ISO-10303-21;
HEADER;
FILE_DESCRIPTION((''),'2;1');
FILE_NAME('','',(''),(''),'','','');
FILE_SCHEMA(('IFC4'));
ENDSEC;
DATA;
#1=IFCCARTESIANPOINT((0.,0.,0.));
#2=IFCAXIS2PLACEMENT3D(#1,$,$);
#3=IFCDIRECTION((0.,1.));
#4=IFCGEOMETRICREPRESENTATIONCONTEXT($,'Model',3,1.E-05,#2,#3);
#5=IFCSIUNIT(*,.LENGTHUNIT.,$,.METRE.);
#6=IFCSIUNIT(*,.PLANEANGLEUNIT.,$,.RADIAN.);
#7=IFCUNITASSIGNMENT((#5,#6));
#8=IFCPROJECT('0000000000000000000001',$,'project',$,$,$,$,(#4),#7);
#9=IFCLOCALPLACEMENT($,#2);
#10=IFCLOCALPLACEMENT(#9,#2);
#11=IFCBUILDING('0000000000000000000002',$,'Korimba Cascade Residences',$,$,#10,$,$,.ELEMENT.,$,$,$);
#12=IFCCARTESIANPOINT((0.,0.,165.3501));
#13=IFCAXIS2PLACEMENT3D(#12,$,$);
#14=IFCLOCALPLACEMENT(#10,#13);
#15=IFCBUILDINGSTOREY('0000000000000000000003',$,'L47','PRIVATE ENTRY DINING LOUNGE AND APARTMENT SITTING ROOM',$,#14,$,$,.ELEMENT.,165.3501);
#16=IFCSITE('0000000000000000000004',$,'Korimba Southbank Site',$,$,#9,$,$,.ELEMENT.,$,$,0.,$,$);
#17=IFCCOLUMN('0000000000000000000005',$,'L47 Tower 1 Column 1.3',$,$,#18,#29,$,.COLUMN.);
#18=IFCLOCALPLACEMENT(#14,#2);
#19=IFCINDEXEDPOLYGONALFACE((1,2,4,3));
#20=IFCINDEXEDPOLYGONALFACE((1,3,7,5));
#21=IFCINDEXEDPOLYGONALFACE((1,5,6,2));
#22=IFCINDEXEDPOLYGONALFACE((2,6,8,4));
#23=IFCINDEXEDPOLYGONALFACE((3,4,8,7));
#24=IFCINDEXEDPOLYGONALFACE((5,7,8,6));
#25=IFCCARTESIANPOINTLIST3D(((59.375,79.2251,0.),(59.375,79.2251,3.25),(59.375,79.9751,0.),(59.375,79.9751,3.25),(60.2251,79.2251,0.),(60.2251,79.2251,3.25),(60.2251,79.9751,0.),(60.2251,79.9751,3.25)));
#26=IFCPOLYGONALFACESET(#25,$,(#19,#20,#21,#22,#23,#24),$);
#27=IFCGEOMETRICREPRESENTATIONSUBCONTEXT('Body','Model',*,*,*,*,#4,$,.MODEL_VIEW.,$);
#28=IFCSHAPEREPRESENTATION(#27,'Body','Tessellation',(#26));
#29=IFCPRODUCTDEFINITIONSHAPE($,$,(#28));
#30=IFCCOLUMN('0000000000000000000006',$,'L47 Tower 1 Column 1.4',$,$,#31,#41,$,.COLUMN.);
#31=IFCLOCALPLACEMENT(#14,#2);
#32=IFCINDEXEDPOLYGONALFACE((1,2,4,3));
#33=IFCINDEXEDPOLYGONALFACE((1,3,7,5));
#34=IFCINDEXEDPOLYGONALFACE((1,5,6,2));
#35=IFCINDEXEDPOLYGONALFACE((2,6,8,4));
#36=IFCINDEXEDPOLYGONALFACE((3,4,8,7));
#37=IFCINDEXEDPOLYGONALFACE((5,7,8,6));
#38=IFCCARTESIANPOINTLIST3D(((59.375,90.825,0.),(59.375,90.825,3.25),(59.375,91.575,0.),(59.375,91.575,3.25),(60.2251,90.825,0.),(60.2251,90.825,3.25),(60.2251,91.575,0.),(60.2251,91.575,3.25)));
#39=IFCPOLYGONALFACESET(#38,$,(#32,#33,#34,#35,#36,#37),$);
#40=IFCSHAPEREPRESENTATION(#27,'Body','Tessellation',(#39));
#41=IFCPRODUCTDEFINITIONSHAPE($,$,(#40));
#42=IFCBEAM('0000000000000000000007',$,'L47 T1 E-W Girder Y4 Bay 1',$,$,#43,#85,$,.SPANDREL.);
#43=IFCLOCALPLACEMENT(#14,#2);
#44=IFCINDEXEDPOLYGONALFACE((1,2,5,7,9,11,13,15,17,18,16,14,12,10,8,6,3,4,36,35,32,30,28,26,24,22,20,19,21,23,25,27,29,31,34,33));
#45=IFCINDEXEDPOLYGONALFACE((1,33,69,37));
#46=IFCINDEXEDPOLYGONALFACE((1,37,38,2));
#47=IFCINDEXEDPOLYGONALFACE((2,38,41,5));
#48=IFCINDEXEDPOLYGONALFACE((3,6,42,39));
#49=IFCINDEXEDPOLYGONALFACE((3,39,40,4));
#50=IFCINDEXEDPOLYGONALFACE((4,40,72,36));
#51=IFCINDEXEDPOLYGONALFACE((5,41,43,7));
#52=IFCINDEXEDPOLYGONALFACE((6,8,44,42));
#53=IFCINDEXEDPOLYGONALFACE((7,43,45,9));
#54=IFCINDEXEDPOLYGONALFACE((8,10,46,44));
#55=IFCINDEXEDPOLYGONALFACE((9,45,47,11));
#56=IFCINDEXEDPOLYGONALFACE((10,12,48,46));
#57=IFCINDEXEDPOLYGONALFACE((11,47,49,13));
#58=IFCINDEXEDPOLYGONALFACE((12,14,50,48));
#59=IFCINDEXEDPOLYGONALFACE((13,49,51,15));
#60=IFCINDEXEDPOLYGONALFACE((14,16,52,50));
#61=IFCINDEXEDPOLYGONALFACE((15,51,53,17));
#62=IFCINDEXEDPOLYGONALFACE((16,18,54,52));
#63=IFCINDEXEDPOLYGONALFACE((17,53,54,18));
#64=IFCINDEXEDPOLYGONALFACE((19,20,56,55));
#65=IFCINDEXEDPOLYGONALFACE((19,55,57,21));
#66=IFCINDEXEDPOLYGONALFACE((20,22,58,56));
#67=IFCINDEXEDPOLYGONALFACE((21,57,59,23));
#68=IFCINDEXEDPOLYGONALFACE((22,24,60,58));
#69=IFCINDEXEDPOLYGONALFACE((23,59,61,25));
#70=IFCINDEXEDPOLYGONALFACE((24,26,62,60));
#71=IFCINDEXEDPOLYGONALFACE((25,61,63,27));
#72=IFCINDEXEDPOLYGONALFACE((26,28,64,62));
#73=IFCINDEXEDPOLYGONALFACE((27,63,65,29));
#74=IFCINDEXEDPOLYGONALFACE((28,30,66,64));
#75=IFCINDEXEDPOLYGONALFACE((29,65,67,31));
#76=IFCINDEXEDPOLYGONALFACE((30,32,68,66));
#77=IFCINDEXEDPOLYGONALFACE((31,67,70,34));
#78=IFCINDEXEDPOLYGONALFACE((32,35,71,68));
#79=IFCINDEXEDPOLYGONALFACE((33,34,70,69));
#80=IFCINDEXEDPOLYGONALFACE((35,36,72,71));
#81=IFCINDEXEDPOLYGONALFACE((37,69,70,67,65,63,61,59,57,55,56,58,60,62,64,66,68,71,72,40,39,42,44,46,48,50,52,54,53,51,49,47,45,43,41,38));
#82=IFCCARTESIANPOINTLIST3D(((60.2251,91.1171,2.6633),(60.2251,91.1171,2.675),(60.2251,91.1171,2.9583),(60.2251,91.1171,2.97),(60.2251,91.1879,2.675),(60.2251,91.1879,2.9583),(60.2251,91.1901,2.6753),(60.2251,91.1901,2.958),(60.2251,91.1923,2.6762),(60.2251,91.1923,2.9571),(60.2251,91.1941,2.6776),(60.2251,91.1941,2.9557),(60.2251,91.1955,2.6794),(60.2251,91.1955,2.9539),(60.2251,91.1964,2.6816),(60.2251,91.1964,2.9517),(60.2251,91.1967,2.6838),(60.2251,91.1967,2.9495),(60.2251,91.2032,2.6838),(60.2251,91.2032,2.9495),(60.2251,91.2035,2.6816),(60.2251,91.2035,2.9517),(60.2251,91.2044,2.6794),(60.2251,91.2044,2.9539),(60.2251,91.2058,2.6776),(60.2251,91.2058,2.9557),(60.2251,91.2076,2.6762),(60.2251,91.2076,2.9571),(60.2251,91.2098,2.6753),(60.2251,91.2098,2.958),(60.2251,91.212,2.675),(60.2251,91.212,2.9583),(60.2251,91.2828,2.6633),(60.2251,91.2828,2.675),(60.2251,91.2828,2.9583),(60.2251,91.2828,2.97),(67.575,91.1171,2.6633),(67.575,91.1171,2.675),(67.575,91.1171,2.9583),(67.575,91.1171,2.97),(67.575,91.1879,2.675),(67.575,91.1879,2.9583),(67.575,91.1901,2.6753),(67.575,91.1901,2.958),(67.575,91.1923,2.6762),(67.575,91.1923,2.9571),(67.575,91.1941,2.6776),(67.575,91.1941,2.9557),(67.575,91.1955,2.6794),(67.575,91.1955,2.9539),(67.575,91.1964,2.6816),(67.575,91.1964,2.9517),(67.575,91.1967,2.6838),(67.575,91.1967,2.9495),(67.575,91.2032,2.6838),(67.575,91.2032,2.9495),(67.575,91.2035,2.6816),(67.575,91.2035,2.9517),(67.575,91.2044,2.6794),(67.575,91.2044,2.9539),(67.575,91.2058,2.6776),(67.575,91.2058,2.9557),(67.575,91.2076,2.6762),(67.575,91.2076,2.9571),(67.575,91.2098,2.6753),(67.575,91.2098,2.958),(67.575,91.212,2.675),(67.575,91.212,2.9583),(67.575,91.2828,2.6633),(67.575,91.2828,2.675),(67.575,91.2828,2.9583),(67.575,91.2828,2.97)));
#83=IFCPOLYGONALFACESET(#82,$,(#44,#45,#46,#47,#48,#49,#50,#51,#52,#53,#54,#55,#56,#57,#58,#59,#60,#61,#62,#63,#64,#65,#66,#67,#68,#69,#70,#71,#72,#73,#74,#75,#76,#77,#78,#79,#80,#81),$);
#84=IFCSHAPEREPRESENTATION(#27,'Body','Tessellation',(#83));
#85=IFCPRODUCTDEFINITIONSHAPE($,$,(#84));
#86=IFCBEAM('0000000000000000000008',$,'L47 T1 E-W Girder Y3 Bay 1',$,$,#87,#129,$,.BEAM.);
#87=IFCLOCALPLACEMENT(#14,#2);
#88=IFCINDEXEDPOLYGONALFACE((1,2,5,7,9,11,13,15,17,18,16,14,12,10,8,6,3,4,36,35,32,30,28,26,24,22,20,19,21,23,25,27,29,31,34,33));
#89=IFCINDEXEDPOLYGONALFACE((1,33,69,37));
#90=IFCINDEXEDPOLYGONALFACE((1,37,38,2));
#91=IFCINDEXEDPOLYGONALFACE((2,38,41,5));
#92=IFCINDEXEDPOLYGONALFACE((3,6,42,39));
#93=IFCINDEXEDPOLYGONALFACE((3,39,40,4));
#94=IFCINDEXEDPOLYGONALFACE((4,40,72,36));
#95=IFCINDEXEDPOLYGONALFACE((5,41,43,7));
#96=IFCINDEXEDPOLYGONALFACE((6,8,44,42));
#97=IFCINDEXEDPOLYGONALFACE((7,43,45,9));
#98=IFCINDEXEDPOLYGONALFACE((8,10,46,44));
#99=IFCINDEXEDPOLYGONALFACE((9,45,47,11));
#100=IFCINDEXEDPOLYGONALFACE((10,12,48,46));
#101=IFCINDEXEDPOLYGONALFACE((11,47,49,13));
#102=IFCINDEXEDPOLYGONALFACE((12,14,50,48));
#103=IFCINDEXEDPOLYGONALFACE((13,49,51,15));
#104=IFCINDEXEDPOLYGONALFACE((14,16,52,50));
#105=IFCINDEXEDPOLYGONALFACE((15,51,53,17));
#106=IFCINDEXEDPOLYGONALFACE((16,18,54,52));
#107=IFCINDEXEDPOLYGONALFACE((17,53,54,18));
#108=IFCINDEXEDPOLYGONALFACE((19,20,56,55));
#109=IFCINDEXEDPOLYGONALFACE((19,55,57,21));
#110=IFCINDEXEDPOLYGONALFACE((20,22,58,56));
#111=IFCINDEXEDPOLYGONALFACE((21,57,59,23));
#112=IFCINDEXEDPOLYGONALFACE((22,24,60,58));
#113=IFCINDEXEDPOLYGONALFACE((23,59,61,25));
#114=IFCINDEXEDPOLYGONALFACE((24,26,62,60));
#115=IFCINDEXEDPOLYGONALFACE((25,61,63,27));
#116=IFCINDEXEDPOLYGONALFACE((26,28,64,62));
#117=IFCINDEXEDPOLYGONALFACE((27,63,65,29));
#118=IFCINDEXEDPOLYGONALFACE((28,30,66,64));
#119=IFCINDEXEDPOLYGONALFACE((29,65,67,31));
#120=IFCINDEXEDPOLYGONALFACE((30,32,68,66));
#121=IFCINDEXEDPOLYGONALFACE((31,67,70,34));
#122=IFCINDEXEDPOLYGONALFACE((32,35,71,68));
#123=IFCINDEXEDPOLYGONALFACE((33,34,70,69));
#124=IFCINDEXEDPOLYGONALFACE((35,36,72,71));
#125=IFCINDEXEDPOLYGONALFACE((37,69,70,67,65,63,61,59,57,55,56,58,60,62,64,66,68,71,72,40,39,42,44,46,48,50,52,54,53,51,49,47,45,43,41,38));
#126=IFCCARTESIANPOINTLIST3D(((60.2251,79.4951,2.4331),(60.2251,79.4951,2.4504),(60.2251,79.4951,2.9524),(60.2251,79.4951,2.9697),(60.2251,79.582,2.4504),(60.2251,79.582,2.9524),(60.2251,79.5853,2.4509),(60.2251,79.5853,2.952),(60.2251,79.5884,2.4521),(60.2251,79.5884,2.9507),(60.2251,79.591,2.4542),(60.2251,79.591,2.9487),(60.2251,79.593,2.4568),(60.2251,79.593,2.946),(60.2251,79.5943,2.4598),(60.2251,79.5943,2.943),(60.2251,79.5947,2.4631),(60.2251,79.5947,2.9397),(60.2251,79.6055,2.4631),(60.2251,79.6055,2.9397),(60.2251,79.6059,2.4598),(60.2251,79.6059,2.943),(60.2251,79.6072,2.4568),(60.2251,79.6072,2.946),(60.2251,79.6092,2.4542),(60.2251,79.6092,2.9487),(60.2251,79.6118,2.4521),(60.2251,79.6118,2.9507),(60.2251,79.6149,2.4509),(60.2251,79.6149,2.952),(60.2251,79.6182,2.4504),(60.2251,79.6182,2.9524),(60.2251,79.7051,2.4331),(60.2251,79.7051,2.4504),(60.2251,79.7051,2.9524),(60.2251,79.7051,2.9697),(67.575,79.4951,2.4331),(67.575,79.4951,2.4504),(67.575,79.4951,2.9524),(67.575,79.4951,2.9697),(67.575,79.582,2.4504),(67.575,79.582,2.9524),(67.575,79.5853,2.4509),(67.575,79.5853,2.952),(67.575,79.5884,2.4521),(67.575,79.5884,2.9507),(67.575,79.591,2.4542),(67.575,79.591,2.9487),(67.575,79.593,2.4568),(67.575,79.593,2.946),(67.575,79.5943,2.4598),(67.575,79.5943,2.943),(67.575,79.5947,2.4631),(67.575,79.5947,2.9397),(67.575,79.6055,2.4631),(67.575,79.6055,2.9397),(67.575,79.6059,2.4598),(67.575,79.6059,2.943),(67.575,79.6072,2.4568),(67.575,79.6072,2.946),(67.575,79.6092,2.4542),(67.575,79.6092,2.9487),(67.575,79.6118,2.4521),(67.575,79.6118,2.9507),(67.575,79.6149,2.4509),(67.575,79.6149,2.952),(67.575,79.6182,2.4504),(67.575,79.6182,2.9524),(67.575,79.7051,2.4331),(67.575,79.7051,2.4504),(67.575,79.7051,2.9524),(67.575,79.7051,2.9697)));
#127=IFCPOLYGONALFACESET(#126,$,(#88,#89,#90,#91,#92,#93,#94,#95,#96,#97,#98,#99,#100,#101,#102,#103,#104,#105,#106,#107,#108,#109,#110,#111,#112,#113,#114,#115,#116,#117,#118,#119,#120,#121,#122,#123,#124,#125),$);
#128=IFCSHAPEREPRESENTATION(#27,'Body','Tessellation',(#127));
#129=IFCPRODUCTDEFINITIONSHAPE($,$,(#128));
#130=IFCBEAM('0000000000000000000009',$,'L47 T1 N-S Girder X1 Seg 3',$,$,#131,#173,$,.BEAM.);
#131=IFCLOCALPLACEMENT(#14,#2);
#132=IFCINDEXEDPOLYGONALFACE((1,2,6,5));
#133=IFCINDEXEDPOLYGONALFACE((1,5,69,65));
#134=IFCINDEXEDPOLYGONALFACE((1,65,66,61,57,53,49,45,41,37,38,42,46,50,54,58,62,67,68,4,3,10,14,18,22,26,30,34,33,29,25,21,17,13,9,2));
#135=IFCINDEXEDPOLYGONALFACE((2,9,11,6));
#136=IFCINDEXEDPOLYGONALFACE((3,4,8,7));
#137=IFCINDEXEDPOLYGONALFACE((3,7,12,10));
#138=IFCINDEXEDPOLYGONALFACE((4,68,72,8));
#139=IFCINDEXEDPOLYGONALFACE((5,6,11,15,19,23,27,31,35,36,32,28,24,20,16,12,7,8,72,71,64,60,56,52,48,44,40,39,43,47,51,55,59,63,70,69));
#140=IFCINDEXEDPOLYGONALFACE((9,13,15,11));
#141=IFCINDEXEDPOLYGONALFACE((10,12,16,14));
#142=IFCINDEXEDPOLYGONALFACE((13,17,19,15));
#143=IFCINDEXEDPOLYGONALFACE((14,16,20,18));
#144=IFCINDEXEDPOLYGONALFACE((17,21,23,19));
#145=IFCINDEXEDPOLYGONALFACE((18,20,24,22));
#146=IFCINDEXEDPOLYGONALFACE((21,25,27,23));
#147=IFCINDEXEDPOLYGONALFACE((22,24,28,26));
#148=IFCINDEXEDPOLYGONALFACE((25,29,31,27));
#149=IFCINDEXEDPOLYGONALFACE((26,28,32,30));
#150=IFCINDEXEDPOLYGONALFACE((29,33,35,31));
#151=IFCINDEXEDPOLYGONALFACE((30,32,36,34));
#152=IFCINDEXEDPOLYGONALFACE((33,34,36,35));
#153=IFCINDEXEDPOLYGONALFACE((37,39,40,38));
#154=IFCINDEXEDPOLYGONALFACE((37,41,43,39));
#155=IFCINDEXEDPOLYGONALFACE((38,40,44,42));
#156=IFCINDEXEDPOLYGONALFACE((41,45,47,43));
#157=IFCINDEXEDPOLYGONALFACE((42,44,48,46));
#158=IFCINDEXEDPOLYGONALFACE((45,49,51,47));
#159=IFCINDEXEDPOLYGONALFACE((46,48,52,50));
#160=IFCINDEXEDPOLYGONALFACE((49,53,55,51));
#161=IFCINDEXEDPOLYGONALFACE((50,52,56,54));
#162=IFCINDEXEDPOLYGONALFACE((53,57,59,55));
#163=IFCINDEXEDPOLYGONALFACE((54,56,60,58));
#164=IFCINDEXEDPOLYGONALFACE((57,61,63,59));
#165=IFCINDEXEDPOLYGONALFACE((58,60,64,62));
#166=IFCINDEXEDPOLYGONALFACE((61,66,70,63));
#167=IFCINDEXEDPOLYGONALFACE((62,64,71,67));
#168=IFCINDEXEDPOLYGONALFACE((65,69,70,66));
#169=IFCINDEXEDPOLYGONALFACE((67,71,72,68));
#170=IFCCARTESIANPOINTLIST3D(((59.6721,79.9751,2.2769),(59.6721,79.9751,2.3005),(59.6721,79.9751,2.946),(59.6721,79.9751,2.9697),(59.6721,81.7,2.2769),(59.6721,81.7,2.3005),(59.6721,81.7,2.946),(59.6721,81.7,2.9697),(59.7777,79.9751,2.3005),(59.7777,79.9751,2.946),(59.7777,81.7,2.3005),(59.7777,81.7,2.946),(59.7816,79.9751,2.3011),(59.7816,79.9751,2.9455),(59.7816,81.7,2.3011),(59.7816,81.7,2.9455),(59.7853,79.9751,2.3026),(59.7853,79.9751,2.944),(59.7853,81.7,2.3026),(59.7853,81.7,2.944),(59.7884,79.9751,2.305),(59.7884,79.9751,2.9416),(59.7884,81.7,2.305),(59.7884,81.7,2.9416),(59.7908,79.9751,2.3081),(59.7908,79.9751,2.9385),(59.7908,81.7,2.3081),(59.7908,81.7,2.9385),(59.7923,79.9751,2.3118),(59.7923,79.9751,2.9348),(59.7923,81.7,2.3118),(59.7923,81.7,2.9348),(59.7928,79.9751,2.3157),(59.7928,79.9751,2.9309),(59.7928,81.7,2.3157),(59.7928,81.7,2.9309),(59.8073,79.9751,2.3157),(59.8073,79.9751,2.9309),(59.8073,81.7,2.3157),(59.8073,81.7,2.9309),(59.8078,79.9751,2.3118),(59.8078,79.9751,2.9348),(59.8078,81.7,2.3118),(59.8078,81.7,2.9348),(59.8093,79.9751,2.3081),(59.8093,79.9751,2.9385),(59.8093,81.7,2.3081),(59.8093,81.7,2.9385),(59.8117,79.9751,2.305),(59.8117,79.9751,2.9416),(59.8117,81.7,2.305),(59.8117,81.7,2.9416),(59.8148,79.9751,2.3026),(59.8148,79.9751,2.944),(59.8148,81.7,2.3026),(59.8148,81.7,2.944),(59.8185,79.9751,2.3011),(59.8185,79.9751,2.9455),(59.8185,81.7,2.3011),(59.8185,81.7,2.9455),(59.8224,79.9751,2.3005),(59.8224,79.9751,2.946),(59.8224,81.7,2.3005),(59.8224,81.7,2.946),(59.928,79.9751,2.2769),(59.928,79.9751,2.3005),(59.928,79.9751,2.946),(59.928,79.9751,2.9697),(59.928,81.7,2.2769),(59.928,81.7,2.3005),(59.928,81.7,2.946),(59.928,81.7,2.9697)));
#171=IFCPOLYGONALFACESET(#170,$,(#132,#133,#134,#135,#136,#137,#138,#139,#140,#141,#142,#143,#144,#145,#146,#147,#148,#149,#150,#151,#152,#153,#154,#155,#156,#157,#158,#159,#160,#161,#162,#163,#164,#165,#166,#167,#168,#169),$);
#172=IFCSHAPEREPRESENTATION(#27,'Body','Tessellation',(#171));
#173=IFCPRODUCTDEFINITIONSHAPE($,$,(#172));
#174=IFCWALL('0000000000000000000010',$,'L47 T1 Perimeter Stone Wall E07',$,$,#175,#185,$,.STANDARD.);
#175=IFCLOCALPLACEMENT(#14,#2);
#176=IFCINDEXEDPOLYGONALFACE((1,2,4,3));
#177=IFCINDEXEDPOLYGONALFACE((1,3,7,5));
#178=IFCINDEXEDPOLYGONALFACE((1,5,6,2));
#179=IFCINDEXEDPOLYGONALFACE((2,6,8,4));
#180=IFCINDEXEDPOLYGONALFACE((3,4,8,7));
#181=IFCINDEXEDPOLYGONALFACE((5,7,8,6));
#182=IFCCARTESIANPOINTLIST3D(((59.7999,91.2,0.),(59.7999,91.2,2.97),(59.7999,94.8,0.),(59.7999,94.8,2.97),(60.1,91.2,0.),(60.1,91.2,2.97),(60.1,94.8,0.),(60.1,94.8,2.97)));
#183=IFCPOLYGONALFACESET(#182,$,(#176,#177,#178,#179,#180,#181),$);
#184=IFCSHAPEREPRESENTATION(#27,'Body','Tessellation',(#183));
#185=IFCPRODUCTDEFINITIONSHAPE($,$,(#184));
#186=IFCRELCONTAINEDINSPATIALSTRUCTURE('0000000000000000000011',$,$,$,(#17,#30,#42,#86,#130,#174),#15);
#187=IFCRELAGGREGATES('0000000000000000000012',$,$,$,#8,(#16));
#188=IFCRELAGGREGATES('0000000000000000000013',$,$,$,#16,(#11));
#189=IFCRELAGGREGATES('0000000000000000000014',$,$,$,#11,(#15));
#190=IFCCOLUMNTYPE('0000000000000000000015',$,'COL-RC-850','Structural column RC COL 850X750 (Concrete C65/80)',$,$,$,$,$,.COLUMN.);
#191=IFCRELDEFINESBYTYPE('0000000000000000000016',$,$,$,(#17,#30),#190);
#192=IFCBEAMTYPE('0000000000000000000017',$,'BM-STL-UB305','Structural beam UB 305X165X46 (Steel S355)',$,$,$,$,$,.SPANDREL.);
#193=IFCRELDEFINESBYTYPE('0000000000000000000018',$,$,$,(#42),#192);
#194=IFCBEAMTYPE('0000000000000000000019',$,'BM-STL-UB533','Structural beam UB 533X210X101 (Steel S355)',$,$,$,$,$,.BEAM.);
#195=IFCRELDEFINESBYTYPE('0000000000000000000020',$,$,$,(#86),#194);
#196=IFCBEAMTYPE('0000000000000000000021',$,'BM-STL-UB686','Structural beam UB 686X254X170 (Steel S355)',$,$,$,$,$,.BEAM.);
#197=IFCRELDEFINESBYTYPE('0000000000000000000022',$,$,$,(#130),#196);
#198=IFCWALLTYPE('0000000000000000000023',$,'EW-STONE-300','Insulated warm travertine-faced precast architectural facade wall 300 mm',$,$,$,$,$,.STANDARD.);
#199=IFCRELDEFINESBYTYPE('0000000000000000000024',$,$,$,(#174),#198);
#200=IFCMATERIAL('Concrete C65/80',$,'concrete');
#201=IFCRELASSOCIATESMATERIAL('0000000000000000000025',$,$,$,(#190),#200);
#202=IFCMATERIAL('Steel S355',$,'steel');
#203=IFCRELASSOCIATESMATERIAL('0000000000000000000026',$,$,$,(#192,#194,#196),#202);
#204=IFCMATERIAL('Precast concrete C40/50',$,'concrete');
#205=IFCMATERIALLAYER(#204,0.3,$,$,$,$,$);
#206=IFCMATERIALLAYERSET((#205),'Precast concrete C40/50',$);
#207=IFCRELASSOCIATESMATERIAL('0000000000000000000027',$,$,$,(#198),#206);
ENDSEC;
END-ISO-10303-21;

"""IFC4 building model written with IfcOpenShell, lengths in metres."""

from ifc_helpers import new_model, si_unit, direction, frame, frame_2d, origin, origin_2d, place, context, subcontext, project, spatial, rectangle, i_section, extrude, material, layer, layer_set, material_profile, profile_set, type_object, element, save


model = new_model("IFC4")

# Units and contexts
model_context = context("Model", 3, precision=1e-05, world=origin(), true_north=direction((0.0, 1.0)))
body_context = subcontext(model_context, "Body", "Model", "MODEL_VIEW")
ifc_project = project(units=[si_unit("LENGTHUNIT", "METRE"), si_unit("PLANEANGLEUNIT", "RADIAN")], contexts=[model_context])

# Site, building, storey
site_placement = place(None, origin())
site = spatial("IfcSite", under=ifc_project, at=site_placement, Name="Korimba Southbank Site", CompositionType="ELEMENT", RefElevation=0.0)
building_placement = place(site_placement, origin())
building = spatial("IfcBuilding", under=site, at=building_placement, Name="Korimba Cascade Residences", CompositionType="ELEMENT")
storey_placement = place(building_placement, frame((0.0, 0.0, 165.3501)))
storey = spatial("IfcBuildingStorey", under=building, at=storey_placement, Name="L47", Description="PRIVATE ENTRY DINING LOUNGE AND APARTMENT SITTING ROOM", CompositionType="ELEMENT", Elevation=165.3501)

# Columns
ifc_material_1 = material(Name="Concrete C65/80", Category="concrete")
ifc_material_profile_1 = material_profile(ifc_material_1, rectangle(XDim=0.8501, YDim=0.75, at=origin_2d()), Name="Concrete C65/80")
ifc_profile_set_1 = profile_set([ifc_material_profile_1], Name="Concrete C65/80")
column_type = type_object("IfcColumnType", Name="COL-RC-850", Description="Structural column RC COL 850X750 (Concrete C65/80)", PredefinedType="COLUMN", material=ifc_profile_set_1)
for number, where, z_axis, x_axis, name in (
    (1, (59.8, 79.6001, 0.0), (0.0, 0.0, 1.0), (1.0, 0.0, 0.0), "L47 Tower 1 Column 1.3"),
    (2, (59.8, 91.2, 0.0), (0.0, 0.0, 1.0), (1.0, 0.0, 0.0), "L47 Tower 1 Column 1.4"),
):
    element("IfcColumn", number, at=place(storey_placement, frame(where, z_axis=z_axis, x_axis=x_axis)), inside=storey, type_object=column_type, Name=name, PredefinedType="COLUMN", context=body_context, shape_type="SweptSolid", body=[
        extrude(rectangle(XDim=0.8501, YDim=0.75, at=origin_2d()), origin(), (0.0, 0.0, 1.0), 3.25),
    ])

# Beams
ifc_material_2 = material(Name="Steel S355", Category="steel")
ifc_material_profile_2 = material_profile(ifc_material_2, i_section(OverallWidth=0.1658, OverallDepth=0.3066, WebThickness=0.0066, FlangeThickness=0.0117, FilletRadius=0.0088, at=origin_2d()), Name="Steel S355")
ifc_profile_set_2 = profile_set([ifc_material_profile_2], Name="Steel S355")
beam_type_1 = type_object("IfcBeamType", Name="BM-STL-UB305", Description="Structural beam UB 305X165X46 (Steel S355)", PredefinedType="SPANDREL", material=ifc_profile_set_2)
beam_1_placement = place(storey_placement, frame((60.2251, 91.2, 2.8167), z_axis=(1.0, 0.0, 0.0), x_axis=(0.0, 1.0, 0.0)))
element("IfcBeam", 3, at=beam_1_placement, inside=storey, type_object=beam_type_1, Name="L47 T1 E-W Girder Y4 Bay 1", PredefinedType="SPANDREL", context=body_context, shape_type="SweptSolid", body=[
    extrude(i_section(OverallWidth=0.1658, OverallDepth=0.3066, WebThickness=0.0066, FlangeThickness=0.0117, FilletRadius=0.0088, at=origin_2d()), origin(), (0.0, 0.0, 1.0), 7.3499),
])
ifc_material_profile_3 = material_profile(ifc_material_2, i_section(OverallWidth=0.21, OverallDepth=0.5366, WebThickness=0.0107, FlangeThickness=0.0173, FilletRadius=0.0127, at=origin_2d()), Name="Steel S355")
ifc_profile_set_3 = profile_set([ifc_material_profile_3], Name="Steel S355")
beam_type_2 = type_object("IfcBeamType", Name="BM-STL-UB533", Description="Structural beam UB 533X210X101 (Steel S355)", PredefinedType="BEAM", material=ifc_profile_set_3)
beam_2_placement = place(storey_placement, frame((60.2251, 79.6001, 2.7014), z_axis=(1.0, 0.0, 0.0), x_axis=(0.0, 1.0, 0.0)))
element("IfcBeam", 4, at=beam_2_placement, inside=storey, type_object=beam_type_2, Name="L47 T1 E-W Girder Y3 Bay 1", PredefinedType="BEAM", context=body_context, shape_type="SweptSolid", body=[
    extrude(i_section(OverallWidth=0.21, OverallDepth=0.5366, WebThickness=0.0107, FlangeThickness=0.0173, FilletRadius=0.0127, at=origin_2d()), origin(), (0.0, 0.0, 1.0), 7.3499),
])
ifc_material_profile_4 = material_profile(ifc_material_2, i_section(OverallWidth=0.2559, OverallDepth=0.6929, WebThickness=0.0144, FlangeThickness=0.0237, FilletRadius=0.0151, at=origin_2d()), Name="Steel S355")
ifc_profile_set_4 = profile_set([ifc_material_profile_4], Name="Steel S355")
beam_type_3 = type_object("IfcBeamType", Name="BM-STL-UB686", Description="Structural beam UB 686X254X170 (Steel S355)", PredefinedType="BEAM", material=ifc_profile_set_4)
beam_3_placement = place(storey_placement, frame((59.8, 79.9751, 2.6233), z_axis=(0.0, 1.0, 0.0), x_axis=(-1.0, 0.0, 0.0)))
element("IfcBeam", 5, at=beam_3_placement, inside=storey, type_object=beam_type_3, Name="L47 T1 N-S Girder X1 Seg 3", PredefinedType="BEAM", context=body_context, shape_type="SweptSolid", body=[
    extrude(i_section(OverallWidth=0.2559, OverallDepth=0.6929, WebThickness=0.0144, FlangeThickness=0.0237, FilletRadius=0.0151, at=origin_2d()), origin(), (0.0, 0.0, 1.0), 1.7249),
])

# Wall
ifc_material_3 = material(Name="Precast concrete C40/50", Category="concrete")
ifc_layer_1 = layer(ifc_material_3, 0.3)
ifc_layer_set_1 = layer_set([ifc_layer_1], Name="Precast concrete C40/50")
wall_type_1 = type_object("IfcWallType", Name="EW-STONE-300", Description="Insulated warm travertine-faced precast architectural facade wall 300 mm", PredefinedType="STANDARD", material=ifc_layer_set_1)
for number, where, z_axis, x_axis, name in (
    (6, (59.95, 94.8, 0.0), (0.0, 0.0, 1.0), (0.0, -1.0, 0.0), "L47 T1 Perimeter Stone Wall E07"),
):
    element("IfcWall", number, at=place(storey_placement, frame(where, z_axis=z_axis, x_axis=x_axis)), inside=storey, type_object=wall_type_1, Name=name, PredefinedType="STANDARD", context=body_context, shape_type="SweptSolid", body=[
        extrude(rectangle(XDim=3.6001, YDim=0.3, at=frame_2d((1.8, 0.0))), origin(), (0.0, 0.0, 1.0), 2.97),
    ])

save(model, "model.ifc")
